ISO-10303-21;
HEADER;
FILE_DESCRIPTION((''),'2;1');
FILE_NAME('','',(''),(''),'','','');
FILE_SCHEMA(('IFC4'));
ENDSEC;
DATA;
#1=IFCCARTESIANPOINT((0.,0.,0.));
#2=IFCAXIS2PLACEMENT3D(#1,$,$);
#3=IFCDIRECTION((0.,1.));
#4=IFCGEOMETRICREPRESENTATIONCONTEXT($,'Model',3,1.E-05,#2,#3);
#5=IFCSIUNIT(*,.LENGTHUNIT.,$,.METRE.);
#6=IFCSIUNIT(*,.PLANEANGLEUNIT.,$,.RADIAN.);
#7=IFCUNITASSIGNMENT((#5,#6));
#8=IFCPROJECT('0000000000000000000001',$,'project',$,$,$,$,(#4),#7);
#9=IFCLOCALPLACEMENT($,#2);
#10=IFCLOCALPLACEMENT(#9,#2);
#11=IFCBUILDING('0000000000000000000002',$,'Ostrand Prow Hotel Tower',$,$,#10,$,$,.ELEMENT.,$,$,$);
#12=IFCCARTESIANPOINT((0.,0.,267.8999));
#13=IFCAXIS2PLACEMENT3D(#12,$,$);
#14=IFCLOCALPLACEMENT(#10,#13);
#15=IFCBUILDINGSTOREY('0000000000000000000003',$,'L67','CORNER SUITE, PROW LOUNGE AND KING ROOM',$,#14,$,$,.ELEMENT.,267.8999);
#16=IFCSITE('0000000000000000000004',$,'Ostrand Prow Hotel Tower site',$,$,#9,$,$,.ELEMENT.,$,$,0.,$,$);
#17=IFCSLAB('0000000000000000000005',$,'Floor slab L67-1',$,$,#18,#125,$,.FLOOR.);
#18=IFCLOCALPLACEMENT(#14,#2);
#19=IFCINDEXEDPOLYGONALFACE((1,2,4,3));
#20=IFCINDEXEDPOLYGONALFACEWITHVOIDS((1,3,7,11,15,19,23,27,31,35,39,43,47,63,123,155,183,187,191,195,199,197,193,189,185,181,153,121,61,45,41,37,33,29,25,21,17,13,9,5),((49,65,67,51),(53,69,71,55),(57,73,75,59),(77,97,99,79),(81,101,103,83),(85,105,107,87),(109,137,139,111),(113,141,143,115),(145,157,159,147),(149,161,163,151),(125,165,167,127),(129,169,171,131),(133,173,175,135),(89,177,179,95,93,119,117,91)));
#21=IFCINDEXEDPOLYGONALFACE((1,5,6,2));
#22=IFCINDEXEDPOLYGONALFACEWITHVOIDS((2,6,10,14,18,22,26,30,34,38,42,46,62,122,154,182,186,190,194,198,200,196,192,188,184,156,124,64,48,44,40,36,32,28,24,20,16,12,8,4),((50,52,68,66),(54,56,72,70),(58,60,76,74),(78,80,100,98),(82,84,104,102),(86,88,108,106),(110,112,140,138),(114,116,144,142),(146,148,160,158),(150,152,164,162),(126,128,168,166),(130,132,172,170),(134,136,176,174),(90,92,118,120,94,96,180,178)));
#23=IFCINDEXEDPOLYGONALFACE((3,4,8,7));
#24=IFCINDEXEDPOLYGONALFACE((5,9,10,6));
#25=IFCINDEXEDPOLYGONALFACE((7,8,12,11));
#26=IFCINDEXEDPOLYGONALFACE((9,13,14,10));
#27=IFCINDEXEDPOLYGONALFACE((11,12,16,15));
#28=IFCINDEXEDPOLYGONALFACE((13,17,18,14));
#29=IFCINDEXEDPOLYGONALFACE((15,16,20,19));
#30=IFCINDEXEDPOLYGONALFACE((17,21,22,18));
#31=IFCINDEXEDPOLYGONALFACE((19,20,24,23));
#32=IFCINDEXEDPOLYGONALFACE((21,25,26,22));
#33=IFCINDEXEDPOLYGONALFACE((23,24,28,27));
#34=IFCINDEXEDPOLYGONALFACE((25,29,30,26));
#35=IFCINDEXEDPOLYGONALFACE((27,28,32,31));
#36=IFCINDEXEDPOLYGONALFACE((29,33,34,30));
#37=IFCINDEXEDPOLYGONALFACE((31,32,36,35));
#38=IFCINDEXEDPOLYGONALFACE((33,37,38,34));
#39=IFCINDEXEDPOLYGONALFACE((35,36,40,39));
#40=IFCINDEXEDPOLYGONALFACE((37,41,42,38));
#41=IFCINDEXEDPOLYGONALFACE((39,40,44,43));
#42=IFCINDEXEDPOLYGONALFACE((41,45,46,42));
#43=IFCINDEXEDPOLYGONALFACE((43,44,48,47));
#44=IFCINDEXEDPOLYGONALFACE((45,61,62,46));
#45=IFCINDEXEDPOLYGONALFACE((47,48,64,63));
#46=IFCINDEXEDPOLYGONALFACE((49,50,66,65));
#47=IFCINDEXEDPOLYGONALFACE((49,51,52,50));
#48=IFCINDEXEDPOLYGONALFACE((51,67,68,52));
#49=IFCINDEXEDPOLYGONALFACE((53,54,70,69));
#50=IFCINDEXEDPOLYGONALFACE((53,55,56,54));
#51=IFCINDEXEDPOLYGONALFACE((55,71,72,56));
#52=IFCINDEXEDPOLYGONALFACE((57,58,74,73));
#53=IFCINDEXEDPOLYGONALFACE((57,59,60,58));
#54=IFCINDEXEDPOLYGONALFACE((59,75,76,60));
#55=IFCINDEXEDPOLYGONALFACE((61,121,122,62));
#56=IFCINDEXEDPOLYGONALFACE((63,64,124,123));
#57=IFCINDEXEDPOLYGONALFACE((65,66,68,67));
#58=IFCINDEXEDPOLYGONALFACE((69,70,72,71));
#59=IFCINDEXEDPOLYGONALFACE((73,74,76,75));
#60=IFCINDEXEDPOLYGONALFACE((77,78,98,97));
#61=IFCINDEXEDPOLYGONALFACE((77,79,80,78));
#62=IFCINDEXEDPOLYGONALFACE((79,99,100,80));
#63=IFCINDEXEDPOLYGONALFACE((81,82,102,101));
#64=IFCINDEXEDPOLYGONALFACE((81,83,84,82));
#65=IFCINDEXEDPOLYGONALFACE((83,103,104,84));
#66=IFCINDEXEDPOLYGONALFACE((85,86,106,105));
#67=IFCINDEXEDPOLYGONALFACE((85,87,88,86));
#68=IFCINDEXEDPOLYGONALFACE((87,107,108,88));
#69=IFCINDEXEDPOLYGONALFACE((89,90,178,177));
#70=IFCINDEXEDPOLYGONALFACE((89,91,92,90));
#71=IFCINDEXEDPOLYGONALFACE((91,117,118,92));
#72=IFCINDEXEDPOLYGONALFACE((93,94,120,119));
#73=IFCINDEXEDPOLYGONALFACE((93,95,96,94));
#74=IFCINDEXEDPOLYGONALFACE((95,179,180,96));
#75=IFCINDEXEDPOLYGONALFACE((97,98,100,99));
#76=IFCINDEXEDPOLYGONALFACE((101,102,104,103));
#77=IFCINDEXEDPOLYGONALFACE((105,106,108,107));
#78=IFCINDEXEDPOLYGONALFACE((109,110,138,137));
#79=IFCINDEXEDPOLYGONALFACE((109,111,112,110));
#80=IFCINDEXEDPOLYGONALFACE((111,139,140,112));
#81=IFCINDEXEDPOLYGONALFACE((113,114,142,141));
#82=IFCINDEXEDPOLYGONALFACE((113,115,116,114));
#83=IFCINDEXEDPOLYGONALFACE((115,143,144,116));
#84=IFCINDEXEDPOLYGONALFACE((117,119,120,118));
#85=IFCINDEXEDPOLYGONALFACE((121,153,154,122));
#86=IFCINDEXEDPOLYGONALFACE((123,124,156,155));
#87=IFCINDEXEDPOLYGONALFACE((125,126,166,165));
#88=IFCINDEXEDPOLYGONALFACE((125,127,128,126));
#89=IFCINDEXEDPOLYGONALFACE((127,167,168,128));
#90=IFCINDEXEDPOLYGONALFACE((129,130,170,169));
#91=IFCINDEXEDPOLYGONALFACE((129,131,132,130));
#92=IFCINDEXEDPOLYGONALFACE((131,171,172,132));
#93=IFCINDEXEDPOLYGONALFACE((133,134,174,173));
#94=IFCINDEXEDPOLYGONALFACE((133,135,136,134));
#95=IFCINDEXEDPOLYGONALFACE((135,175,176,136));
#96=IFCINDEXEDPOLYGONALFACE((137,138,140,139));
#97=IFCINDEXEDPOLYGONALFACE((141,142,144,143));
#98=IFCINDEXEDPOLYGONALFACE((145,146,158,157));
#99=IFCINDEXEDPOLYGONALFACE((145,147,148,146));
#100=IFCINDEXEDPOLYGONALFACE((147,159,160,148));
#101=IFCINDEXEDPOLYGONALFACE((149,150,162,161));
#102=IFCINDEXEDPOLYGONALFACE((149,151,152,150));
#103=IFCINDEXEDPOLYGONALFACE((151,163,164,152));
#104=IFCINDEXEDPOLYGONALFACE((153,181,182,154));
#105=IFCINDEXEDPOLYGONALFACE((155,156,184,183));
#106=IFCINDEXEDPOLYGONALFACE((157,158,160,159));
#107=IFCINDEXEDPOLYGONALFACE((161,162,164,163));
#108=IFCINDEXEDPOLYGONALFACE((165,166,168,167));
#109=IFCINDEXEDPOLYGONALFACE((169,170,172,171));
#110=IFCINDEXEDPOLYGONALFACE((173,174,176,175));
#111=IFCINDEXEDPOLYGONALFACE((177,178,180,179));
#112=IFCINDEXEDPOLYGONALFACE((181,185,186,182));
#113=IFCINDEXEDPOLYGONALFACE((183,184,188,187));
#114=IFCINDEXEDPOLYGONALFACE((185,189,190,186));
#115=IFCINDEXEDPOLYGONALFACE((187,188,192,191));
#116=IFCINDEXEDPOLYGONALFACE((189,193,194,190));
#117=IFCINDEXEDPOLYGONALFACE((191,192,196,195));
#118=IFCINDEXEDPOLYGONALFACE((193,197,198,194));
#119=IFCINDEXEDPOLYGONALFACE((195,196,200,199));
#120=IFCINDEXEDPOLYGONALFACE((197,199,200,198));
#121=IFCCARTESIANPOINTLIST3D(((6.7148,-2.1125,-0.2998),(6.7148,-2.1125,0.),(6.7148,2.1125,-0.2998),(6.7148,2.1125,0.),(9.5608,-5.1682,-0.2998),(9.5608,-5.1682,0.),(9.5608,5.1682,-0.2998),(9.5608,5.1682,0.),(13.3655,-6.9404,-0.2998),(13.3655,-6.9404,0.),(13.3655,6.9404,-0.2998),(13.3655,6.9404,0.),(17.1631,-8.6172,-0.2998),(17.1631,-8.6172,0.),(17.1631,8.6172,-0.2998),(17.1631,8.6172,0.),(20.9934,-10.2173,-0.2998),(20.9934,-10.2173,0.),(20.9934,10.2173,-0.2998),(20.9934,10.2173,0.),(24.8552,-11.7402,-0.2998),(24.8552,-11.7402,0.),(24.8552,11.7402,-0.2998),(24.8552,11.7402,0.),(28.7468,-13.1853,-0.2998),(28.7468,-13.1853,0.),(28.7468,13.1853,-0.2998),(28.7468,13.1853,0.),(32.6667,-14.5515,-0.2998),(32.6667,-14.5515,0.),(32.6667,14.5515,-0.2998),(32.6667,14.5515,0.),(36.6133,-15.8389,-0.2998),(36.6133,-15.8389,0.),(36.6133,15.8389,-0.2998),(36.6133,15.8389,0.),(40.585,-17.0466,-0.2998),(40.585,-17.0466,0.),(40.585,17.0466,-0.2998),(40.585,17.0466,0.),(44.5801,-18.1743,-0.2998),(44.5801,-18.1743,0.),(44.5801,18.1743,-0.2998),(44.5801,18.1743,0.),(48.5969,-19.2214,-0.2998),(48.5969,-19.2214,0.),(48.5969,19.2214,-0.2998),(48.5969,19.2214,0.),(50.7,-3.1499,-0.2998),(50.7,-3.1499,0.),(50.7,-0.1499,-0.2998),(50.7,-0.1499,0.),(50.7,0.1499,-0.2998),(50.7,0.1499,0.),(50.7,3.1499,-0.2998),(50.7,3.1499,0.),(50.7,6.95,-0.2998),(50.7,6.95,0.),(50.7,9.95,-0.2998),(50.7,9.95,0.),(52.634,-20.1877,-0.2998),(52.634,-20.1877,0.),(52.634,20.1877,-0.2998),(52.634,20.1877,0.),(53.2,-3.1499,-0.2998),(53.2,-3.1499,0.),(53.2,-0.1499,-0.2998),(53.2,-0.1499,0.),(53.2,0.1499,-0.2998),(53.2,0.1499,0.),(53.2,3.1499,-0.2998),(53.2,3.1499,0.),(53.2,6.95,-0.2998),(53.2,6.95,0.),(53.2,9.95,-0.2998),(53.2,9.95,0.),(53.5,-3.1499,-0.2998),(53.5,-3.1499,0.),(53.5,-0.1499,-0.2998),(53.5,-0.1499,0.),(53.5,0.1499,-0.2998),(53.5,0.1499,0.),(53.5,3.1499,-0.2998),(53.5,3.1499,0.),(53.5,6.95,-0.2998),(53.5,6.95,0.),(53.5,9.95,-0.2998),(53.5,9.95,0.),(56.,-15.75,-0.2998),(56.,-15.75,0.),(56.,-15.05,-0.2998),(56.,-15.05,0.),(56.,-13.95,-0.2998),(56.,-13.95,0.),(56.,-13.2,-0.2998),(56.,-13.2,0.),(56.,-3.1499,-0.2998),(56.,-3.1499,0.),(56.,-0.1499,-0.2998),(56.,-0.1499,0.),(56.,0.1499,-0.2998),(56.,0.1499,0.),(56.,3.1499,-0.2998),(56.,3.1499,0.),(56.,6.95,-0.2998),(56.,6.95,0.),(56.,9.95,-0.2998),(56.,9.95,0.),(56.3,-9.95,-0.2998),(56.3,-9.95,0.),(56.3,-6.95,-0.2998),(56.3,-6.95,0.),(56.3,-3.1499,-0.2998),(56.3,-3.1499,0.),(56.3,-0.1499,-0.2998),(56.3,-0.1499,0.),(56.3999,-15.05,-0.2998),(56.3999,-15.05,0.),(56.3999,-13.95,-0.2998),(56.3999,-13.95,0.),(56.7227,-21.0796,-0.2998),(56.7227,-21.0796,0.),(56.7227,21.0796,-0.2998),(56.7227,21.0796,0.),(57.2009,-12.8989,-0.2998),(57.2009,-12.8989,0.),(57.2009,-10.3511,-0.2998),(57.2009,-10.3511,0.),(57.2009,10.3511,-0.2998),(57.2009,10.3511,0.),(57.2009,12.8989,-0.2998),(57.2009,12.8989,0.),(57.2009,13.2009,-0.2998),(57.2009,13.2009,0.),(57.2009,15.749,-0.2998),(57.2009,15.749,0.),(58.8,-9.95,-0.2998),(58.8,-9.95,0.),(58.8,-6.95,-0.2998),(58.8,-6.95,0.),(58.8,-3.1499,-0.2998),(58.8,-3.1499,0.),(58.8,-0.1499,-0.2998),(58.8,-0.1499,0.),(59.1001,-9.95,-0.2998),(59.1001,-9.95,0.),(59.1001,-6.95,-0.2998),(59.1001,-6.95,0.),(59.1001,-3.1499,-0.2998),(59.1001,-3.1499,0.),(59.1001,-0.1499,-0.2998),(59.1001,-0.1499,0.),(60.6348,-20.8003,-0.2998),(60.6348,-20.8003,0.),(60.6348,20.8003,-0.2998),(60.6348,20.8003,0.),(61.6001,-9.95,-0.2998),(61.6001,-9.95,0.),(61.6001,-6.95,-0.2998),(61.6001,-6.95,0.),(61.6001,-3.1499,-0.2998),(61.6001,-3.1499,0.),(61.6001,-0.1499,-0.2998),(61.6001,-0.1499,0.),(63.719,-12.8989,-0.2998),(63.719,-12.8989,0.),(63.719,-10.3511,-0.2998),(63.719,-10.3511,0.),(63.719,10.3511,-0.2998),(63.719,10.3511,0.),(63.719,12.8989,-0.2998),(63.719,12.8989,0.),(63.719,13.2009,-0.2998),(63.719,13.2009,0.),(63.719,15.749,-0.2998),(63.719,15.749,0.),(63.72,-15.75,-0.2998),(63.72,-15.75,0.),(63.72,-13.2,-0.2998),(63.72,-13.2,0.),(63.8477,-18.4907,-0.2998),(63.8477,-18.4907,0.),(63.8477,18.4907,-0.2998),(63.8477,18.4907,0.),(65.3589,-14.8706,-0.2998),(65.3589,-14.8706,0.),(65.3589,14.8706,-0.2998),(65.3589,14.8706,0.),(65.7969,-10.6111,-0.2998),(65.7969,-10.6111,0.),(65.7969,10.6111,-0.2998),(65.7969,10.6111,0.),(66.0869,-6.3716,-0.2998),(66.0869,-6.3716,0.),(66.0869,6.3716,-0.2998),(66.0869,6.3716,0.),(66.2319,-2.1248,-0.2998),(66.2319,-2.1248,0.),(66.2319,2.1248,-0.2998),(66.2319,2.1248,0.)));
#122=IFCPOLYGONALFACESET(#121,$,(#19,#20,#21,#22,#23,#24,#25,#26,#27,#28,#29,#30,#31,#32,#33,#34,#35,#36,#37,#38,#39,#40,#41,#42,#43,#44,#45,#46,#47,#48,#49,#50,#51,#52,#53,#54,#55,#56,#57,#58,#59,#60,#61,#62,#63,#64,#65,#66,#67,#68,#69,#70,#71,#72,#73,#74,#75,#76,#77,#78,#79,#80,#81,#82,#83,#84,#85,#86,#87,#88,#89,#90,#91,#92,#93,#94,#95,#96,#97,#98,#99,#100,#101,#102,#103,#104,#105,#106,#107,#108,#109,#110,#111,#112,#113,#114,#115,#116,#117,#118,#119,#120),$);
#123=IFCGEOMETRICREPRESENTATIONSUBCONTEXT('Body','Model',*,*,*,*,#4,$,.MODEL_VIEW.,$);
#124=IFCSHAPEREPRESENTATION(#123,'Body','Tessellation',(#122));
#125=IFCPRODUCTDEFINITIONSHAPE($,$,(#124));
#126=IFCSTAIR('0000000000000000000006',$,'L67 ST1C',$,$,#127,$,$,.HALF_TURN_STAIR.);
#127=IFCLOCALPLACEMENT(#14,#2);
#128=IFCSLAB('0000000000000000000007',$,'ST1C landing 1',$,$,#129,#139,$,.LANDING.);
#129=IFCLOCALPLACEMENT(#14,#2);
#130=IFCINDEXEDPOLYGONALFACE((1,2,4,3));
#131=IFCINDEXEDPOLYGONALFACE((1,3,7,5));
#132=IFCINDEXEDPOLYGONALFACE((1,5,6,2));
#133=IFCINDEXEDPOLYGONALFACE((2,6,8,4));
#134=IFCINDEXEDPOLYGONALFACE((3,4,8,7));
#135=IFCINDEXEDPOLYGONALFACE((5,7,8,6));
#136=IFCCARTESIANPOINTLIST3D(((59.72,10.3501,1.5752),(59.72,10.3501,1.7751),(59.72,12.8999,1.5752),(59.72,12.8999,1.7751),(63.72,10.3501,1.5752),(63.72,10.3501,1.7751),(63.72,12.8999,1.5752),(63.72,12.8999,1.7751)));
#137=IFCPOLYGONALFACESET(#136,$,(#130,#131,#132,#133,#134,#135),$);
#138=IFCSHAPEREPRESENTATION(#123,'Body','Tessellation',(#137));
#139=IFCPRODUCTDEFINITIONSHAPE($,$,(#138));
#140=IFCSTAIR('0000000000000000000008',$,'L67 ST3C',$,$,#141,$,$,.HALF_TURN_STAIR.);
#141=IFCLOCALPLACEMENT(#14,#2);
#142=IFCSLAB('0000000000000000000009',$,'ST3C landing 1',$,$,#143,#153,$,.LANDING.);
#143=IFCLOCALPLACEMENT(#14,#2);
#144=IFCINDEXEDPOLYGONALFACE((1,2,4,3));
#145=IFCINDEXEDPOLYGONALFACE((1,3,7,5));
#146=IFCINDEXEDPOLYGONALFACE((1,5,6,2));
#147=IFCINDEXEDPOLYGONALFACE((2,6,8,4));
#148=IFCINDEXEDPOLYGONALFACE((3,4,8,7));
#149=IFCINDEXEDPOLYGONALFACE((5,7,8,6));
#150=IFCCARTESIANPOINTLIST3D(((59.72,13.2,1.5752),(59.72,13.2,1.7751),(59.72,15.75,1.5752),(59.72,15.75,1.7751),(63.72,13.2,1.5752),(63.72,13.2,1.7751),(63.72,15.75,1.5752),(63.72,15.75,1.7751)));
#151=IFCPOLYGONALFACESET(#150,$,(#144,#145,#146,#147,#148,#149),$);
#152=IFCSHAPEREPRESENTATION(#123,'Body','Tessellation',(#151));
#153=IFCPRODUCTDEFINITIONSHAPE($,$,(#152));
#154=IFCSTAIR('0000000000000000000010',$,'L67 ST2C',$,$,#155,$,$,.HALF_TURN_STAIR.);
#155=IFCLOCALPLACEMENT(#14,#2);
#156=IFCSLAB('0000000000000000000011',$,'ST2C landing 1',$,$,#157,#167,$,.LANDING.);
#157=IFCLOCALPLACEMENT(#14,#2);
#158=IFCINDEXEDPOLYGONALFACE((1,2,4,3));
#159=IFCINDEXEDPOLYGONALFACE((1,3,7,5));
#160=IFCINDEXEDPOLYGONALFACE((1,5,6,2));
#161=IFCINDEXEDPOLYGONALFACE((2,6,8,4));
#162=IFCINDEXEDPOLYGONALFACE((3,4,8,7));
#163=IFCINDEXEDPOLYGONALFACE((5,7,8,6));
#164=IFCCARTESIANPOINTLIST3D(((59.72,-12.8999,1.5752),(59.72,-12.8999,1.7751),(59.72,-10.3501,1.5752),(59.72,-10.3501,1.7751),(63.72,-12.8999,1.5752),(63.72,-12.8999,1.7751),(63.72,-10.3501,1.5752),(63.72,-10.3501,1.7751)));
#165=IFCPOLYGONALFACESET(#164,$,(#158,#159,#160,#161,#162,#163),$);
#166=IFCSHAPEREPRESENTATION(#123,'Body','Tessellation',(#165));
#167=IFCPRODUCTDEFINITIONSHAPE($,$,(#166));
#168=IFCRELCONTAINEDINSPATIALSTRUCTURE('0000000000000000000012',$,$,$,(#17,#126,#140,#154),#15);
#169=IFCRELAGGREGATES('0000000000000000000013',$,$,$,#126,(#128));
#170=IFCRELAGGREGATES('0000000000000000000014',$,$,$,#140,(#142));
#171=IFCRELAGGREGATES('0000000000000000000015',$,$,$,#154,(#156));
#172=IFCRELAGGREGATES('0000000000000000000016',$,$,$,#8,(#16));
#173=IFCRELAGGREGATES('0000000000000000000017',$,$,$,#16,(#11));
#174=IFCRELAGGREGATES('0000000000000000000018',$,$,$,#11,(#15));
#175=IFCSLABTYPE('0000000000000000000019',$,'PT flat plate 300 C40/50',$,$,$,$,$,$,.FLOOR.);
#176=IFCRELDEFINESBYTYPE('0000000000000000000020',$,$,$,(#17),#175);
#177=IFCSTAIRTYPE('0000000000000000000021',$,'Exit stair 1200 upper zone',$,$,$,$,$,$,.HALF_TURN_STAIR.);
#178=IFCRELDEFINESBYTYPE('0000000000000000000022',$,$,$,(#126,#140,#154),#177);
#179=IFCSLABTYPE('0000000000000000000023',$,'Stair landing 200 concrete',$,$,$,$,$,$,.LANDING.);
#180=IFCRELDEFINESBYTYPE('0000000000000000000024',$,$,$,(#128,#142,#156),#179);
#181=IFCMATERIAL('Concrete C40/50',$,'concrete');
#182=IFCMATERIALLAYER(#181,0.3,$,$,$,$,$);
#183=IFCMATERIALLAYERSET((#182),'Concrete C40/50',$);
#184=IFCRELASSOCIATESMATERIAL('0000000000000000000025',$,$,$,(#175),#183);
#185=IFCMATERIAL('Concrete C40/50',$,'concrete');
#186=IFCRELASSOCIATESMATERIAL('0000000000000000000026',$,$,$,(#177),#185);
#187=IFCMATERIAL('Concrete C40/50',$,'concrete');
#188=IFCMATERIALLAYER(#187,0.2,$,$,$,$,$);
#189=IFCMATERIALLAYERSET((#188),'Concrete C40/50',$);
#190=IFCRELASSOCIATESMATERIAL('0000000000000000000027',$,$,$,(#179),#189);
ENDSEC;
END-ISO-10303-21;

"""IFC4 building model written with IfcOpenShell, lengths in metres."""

from ifc_helpers import new_model, si_unit, direction, frame, origin, place, context, subcontext, project, spatial, polyline, outline, extrude, material, layer, layer_set, type_object, element, aggregate, save


model = new_model("IFC4")

# Units and contexts
model_context = context("Model", 3, precision=1e-05, world=origin(), true_north=direction((0.0, 1.0)))
body_context = subcontext(model_context, "Body", "Model", "MODEL_VIEW")
ifc_project = project(units=[si_unit("LENGTHUNIT", "METRE"), si_unit("PLANEANGLEUNIT", "RADIAN")], contexts=[model_context])

# Site, building, storey
site_placement = place(None, origin())
site = spatial("IfcSite", under=ifc_project, at=site_placement, Name="Ostrand Prow Hotel Tower site", CompositionType="ELEMENT", RefElevation=0.0)
building_placement = place(site_placement, origin())
building = spatial("IfcBuilding", under=site, at=building_placement, Name="Ostrand Prow Hotel Tower", CompositionType="ELEMENT")
storey_placement = place(building_placement, frame((0.0, 0.0, 267.8999)))
storey = spatial("IfcBuildingStorey", under=building, at=storey_placement, Name="L67", Description="CORNER SUITE, PROW LOUNGE AND KING ROOM", CompositionType="ELEMENT", Elevation=267.8999)

# Slab, opening
ifc_material_1 = material(Name="Concrete C40/50", Category="concrete")
ifc_layer_1 = layer(ifc_material_1, 0.3)
ifc_layer_set_1 = layer_set([ifc_layer_1], Name="Concrete C40/50")
slab_type_1 = type_object("IfcSlabType", Name="PT flat plate 300 C40/50", PredefinedType="FLOOR", material=ifc_layer_set_1)
slab_1_placement = place(storey_placement, frame((0.0, 0.0, -0.2998)))
slab_1 = element("IfcSlab", 1, at=slab_1_placement, inside=storey, type_object=slab_type_1, Name="Floor slab L67-1", PredefinedType="FLOOR", context=body_context, shape_type="SweptSolid", body=[
    extrude(outline(polyline([(9.5608, 5.1682), (13.3655, 6.9404), (17.1631, 8.6172), (20.9934, 10.2173), (24.8552, 11.7402), (28.7468, 13.1853), (32.6667, 14.5515), (36.6133, 15.8389), (40.585, 17.0466), (44.5801, 18.1743), (48.5969, 19.2214), (52.634, 20.1877), (56.7227, 21.0796), (60.6348, 20.8003), (63.8477, 18.4907), (65.3589, 14.8706), (65.7969, 10.6111), (66.0869, 6.3716), (66.2319, 2.1248), (66.2319, -2.1248), (66.0869, -6.3716), (65.7969, -10.6111), (65.3589, -14.8706), (63.8477, -18.4907), (60.6348, -20.8003), (56.7227, -21.0796), (52.634, -20.1877), (48.5969, -19.2214), (44.5801, -18.1743), (40.585, -17.0466), (36.6133, -15.8389), (32.6667, -14.5515), (28.7468, -13.1853), (24.8552, -11.7402), (20.9934, -10.2173), (17.1631, -8.6172), (13.3655, -6.9404), (9.5608, -5.1682), (6.7148, -2.1125), (6.7148, 2.1125), (9.5608, 5.1682)]), holes=[polyline([(50.7, 6.95), (53.2, 6.95), (53.2, 9.95), (50.7, 9.95), (50.7, 6.95)]), polyline([(53.5, 6.95), (56.0, 6.95), (56.0, 9.95), (53.5, 9.95), (53.5, 6.95)]), polyline([(50.7, 0.1499), (53.2, 0.1499), (53.2, 3.1499), (50.7, 3.1499), (50.7, 0.1499)]), polyline([(53.5, 0.1499), (56.0, 0.1499), (56.0, 3.1499), (53.5, 3.1499), (53.5, 0.1499)]), polyline([(50.7, -3.1499), (53.2, -3.1499), (53.2, -0.1499), (50.7, -0.1499), (50.7, -3.1499)]), polyline([(53.5, -3.1499), (56.0, -3.1499), (56.0, -0.1499), (53.5, -0.1499), (53.5, -3.1499)]), polyline([(56.3, -3.1499), (58.8, -3.1499), (58.8, -0.1499), (56.3, -0.1499), (56.3, -3.1499)]), polyline([(59.1001, -3.1499), (61.6001, -3.1499), (61.6001, -0.1499), (59.1001, -0.1499), (59.1001, -3.1499)]), polyline([(56.3, -9.95), (58.8, -9.95), (58.8, -6.95), (56.3, -6.95), (56.3, -9.95)]), polyline([(59.1001, -9.95), (61.6001, -9.95), (61.6001, -6.95), (59.1001, -6.95), (59.1001, -9.95)]), polyline([(57.2009, 10.3511), (57.2009, 12.8989), (63.719, 12.8989), (63.719, 10.3511), (57.2009, 10.3511)]), polyline([(57.2009, 13.2009), (57.2009, 15.749), (63.719, 15.749), (63.719, 13.2009), (57.2009, 13.2009)]), polyline([(57.2009, -12.8989), (57.2009, -10.3511), (63.719, -10.3511), (63.719, -12.8989), (57.2009, -12.8989)]), polyline([(56.0, -13.95), (56.0, -13.2), (63.72, -13.2), (63.72, -15.75), (56.0, -15.75), (56.0, -15.05), (56.3999, -15.05), (56.3999, -13.95), (56.0, -13.95)])]), origin(), (0.0, 0.0, 1.0), 0.2998),
])
opening_1_placement = place(slab_1_placement, origin())
element("IfcOpeningElement", 2, at=opening_1_placement, cuts=slab_1, PredefinedType="OPENING", context=body_context, shape_type="SweptSolid", body=[
    extrude(outline(polyline([(56.0, -13.95), (56.0, -13.2), (63.72, -13.2), (63.72, -15.75), (56.0, -15.75), (56.0, -15.05), (56.3999, -15.05), (56.3999, -13.95), (56.0, -13.95)])), origin(), (0.0, 0.0, 1.0), 0.2998),
])

# Stairs, slabs
ifc_material_2 = material(Name="Concrete C40/50", Category="concrete")
stair_type = type_object("IfcStairType", Name="Exit stair 1200 upper zone", PredefinedType="HALF_TURN_STAIR", material=ifc_material_2)
stair_1_placement = place(storey_placement, origin())
stair_1 = element("IfcStair", 3, at=stair_1_placement, inside=storey, type_object=stair_type, Name="L67 ST1C", PredefinedType="HALF_TURN_STAIR")
ifc_material_3 = material(Name="Concrete C40/50", Category="concrete")
ifc_layer_2 = layer(ifc_material_3, 0.2)
ifc_layer_set_2 = layer_set([ifc_layer_2], Name="Concrete C40/50")
slab_type_2 = type_object("IfcSlabType", Name="Stair landing 200 concrete", PredefinedType="LANDING", material=ifc_layer_set_2)
slab_2_placement = place(storey_placement, frame((0.0, 0.0, 1.5752)))
slab_2 = element("IfcSlab", 4, at=slab_2_placement, type_object=slab_type_2, Name="ST1C landing 1", PredefinedType="LANDING", context=body_context, shape_type="SweptSolid", body=[
    extrude(outline(polyline([(59.72, 10.3501), (63.72, 10.3501), (63.72, 12.8999), (59.72, 12.8999), (59.72, 10.3501)])), origin(), (0.0, 0.0, 1.0), 0.2),
])
aggregate(stair_1, [slab_2])
stair_2_placement = place(storey_placement, origin())
stair_2 = element("IfcStair", 5, at=stair_2_placement, inside=storey, type_object=stair_type, Name="L67 ST3C", PredefinedType="HALF_TURN_STAIR")
slab_3_placement = place(storey_placement, frame((0.0, 0.0, 1.5752)))
slab_3 = element("IfcSlab", 6, at=slab_3_placement, type_object=slab_type_2, Name="ST3C landing 1", PredefinedType="LANDING", context=body_context, shape_type="SweptSolid", body=[
    extrude(outline(polyline([(59.72, 13.2), (63.72, 13.2), (63.72, 15.75), (59.72, 15.75), (59.72, 13.2)])), origin(), (0.0, 0.0, 1.0), 0.2),
])
aggregate(stair_2, [slab_3])
stair_3_placement = place(storey_placement, origin())
stair_3 = element("IfcStair", 7, at=stair_3_placement, inside=storey, type_object=stair_type, Name="L67 ST2C", PredefinedType="HALF_TURN_STAIR")
slab_4_placement = place(storey_placement, frame((0.0, 0.0, 1.5752)))
slab_4 = element("IfcSlab", 8, at=slab_4_placement, type_object=slab_type_2, Name="ST2C landing 1", PredefinedType="LANDING", context=body_context, shape_type="SweptSolid", body=[
    extrude(outline(polyline([(59.72, -12.8999), (63.72, -12.8999), (63.72, -10.3501), (59.72, -10.3501), (59.72, -12.8999)])), origin(), (0.0, 0.0, 1.0), 0.2),
])
aggregate(stair_3, [slab_4])

save(model, "model.ifc")
